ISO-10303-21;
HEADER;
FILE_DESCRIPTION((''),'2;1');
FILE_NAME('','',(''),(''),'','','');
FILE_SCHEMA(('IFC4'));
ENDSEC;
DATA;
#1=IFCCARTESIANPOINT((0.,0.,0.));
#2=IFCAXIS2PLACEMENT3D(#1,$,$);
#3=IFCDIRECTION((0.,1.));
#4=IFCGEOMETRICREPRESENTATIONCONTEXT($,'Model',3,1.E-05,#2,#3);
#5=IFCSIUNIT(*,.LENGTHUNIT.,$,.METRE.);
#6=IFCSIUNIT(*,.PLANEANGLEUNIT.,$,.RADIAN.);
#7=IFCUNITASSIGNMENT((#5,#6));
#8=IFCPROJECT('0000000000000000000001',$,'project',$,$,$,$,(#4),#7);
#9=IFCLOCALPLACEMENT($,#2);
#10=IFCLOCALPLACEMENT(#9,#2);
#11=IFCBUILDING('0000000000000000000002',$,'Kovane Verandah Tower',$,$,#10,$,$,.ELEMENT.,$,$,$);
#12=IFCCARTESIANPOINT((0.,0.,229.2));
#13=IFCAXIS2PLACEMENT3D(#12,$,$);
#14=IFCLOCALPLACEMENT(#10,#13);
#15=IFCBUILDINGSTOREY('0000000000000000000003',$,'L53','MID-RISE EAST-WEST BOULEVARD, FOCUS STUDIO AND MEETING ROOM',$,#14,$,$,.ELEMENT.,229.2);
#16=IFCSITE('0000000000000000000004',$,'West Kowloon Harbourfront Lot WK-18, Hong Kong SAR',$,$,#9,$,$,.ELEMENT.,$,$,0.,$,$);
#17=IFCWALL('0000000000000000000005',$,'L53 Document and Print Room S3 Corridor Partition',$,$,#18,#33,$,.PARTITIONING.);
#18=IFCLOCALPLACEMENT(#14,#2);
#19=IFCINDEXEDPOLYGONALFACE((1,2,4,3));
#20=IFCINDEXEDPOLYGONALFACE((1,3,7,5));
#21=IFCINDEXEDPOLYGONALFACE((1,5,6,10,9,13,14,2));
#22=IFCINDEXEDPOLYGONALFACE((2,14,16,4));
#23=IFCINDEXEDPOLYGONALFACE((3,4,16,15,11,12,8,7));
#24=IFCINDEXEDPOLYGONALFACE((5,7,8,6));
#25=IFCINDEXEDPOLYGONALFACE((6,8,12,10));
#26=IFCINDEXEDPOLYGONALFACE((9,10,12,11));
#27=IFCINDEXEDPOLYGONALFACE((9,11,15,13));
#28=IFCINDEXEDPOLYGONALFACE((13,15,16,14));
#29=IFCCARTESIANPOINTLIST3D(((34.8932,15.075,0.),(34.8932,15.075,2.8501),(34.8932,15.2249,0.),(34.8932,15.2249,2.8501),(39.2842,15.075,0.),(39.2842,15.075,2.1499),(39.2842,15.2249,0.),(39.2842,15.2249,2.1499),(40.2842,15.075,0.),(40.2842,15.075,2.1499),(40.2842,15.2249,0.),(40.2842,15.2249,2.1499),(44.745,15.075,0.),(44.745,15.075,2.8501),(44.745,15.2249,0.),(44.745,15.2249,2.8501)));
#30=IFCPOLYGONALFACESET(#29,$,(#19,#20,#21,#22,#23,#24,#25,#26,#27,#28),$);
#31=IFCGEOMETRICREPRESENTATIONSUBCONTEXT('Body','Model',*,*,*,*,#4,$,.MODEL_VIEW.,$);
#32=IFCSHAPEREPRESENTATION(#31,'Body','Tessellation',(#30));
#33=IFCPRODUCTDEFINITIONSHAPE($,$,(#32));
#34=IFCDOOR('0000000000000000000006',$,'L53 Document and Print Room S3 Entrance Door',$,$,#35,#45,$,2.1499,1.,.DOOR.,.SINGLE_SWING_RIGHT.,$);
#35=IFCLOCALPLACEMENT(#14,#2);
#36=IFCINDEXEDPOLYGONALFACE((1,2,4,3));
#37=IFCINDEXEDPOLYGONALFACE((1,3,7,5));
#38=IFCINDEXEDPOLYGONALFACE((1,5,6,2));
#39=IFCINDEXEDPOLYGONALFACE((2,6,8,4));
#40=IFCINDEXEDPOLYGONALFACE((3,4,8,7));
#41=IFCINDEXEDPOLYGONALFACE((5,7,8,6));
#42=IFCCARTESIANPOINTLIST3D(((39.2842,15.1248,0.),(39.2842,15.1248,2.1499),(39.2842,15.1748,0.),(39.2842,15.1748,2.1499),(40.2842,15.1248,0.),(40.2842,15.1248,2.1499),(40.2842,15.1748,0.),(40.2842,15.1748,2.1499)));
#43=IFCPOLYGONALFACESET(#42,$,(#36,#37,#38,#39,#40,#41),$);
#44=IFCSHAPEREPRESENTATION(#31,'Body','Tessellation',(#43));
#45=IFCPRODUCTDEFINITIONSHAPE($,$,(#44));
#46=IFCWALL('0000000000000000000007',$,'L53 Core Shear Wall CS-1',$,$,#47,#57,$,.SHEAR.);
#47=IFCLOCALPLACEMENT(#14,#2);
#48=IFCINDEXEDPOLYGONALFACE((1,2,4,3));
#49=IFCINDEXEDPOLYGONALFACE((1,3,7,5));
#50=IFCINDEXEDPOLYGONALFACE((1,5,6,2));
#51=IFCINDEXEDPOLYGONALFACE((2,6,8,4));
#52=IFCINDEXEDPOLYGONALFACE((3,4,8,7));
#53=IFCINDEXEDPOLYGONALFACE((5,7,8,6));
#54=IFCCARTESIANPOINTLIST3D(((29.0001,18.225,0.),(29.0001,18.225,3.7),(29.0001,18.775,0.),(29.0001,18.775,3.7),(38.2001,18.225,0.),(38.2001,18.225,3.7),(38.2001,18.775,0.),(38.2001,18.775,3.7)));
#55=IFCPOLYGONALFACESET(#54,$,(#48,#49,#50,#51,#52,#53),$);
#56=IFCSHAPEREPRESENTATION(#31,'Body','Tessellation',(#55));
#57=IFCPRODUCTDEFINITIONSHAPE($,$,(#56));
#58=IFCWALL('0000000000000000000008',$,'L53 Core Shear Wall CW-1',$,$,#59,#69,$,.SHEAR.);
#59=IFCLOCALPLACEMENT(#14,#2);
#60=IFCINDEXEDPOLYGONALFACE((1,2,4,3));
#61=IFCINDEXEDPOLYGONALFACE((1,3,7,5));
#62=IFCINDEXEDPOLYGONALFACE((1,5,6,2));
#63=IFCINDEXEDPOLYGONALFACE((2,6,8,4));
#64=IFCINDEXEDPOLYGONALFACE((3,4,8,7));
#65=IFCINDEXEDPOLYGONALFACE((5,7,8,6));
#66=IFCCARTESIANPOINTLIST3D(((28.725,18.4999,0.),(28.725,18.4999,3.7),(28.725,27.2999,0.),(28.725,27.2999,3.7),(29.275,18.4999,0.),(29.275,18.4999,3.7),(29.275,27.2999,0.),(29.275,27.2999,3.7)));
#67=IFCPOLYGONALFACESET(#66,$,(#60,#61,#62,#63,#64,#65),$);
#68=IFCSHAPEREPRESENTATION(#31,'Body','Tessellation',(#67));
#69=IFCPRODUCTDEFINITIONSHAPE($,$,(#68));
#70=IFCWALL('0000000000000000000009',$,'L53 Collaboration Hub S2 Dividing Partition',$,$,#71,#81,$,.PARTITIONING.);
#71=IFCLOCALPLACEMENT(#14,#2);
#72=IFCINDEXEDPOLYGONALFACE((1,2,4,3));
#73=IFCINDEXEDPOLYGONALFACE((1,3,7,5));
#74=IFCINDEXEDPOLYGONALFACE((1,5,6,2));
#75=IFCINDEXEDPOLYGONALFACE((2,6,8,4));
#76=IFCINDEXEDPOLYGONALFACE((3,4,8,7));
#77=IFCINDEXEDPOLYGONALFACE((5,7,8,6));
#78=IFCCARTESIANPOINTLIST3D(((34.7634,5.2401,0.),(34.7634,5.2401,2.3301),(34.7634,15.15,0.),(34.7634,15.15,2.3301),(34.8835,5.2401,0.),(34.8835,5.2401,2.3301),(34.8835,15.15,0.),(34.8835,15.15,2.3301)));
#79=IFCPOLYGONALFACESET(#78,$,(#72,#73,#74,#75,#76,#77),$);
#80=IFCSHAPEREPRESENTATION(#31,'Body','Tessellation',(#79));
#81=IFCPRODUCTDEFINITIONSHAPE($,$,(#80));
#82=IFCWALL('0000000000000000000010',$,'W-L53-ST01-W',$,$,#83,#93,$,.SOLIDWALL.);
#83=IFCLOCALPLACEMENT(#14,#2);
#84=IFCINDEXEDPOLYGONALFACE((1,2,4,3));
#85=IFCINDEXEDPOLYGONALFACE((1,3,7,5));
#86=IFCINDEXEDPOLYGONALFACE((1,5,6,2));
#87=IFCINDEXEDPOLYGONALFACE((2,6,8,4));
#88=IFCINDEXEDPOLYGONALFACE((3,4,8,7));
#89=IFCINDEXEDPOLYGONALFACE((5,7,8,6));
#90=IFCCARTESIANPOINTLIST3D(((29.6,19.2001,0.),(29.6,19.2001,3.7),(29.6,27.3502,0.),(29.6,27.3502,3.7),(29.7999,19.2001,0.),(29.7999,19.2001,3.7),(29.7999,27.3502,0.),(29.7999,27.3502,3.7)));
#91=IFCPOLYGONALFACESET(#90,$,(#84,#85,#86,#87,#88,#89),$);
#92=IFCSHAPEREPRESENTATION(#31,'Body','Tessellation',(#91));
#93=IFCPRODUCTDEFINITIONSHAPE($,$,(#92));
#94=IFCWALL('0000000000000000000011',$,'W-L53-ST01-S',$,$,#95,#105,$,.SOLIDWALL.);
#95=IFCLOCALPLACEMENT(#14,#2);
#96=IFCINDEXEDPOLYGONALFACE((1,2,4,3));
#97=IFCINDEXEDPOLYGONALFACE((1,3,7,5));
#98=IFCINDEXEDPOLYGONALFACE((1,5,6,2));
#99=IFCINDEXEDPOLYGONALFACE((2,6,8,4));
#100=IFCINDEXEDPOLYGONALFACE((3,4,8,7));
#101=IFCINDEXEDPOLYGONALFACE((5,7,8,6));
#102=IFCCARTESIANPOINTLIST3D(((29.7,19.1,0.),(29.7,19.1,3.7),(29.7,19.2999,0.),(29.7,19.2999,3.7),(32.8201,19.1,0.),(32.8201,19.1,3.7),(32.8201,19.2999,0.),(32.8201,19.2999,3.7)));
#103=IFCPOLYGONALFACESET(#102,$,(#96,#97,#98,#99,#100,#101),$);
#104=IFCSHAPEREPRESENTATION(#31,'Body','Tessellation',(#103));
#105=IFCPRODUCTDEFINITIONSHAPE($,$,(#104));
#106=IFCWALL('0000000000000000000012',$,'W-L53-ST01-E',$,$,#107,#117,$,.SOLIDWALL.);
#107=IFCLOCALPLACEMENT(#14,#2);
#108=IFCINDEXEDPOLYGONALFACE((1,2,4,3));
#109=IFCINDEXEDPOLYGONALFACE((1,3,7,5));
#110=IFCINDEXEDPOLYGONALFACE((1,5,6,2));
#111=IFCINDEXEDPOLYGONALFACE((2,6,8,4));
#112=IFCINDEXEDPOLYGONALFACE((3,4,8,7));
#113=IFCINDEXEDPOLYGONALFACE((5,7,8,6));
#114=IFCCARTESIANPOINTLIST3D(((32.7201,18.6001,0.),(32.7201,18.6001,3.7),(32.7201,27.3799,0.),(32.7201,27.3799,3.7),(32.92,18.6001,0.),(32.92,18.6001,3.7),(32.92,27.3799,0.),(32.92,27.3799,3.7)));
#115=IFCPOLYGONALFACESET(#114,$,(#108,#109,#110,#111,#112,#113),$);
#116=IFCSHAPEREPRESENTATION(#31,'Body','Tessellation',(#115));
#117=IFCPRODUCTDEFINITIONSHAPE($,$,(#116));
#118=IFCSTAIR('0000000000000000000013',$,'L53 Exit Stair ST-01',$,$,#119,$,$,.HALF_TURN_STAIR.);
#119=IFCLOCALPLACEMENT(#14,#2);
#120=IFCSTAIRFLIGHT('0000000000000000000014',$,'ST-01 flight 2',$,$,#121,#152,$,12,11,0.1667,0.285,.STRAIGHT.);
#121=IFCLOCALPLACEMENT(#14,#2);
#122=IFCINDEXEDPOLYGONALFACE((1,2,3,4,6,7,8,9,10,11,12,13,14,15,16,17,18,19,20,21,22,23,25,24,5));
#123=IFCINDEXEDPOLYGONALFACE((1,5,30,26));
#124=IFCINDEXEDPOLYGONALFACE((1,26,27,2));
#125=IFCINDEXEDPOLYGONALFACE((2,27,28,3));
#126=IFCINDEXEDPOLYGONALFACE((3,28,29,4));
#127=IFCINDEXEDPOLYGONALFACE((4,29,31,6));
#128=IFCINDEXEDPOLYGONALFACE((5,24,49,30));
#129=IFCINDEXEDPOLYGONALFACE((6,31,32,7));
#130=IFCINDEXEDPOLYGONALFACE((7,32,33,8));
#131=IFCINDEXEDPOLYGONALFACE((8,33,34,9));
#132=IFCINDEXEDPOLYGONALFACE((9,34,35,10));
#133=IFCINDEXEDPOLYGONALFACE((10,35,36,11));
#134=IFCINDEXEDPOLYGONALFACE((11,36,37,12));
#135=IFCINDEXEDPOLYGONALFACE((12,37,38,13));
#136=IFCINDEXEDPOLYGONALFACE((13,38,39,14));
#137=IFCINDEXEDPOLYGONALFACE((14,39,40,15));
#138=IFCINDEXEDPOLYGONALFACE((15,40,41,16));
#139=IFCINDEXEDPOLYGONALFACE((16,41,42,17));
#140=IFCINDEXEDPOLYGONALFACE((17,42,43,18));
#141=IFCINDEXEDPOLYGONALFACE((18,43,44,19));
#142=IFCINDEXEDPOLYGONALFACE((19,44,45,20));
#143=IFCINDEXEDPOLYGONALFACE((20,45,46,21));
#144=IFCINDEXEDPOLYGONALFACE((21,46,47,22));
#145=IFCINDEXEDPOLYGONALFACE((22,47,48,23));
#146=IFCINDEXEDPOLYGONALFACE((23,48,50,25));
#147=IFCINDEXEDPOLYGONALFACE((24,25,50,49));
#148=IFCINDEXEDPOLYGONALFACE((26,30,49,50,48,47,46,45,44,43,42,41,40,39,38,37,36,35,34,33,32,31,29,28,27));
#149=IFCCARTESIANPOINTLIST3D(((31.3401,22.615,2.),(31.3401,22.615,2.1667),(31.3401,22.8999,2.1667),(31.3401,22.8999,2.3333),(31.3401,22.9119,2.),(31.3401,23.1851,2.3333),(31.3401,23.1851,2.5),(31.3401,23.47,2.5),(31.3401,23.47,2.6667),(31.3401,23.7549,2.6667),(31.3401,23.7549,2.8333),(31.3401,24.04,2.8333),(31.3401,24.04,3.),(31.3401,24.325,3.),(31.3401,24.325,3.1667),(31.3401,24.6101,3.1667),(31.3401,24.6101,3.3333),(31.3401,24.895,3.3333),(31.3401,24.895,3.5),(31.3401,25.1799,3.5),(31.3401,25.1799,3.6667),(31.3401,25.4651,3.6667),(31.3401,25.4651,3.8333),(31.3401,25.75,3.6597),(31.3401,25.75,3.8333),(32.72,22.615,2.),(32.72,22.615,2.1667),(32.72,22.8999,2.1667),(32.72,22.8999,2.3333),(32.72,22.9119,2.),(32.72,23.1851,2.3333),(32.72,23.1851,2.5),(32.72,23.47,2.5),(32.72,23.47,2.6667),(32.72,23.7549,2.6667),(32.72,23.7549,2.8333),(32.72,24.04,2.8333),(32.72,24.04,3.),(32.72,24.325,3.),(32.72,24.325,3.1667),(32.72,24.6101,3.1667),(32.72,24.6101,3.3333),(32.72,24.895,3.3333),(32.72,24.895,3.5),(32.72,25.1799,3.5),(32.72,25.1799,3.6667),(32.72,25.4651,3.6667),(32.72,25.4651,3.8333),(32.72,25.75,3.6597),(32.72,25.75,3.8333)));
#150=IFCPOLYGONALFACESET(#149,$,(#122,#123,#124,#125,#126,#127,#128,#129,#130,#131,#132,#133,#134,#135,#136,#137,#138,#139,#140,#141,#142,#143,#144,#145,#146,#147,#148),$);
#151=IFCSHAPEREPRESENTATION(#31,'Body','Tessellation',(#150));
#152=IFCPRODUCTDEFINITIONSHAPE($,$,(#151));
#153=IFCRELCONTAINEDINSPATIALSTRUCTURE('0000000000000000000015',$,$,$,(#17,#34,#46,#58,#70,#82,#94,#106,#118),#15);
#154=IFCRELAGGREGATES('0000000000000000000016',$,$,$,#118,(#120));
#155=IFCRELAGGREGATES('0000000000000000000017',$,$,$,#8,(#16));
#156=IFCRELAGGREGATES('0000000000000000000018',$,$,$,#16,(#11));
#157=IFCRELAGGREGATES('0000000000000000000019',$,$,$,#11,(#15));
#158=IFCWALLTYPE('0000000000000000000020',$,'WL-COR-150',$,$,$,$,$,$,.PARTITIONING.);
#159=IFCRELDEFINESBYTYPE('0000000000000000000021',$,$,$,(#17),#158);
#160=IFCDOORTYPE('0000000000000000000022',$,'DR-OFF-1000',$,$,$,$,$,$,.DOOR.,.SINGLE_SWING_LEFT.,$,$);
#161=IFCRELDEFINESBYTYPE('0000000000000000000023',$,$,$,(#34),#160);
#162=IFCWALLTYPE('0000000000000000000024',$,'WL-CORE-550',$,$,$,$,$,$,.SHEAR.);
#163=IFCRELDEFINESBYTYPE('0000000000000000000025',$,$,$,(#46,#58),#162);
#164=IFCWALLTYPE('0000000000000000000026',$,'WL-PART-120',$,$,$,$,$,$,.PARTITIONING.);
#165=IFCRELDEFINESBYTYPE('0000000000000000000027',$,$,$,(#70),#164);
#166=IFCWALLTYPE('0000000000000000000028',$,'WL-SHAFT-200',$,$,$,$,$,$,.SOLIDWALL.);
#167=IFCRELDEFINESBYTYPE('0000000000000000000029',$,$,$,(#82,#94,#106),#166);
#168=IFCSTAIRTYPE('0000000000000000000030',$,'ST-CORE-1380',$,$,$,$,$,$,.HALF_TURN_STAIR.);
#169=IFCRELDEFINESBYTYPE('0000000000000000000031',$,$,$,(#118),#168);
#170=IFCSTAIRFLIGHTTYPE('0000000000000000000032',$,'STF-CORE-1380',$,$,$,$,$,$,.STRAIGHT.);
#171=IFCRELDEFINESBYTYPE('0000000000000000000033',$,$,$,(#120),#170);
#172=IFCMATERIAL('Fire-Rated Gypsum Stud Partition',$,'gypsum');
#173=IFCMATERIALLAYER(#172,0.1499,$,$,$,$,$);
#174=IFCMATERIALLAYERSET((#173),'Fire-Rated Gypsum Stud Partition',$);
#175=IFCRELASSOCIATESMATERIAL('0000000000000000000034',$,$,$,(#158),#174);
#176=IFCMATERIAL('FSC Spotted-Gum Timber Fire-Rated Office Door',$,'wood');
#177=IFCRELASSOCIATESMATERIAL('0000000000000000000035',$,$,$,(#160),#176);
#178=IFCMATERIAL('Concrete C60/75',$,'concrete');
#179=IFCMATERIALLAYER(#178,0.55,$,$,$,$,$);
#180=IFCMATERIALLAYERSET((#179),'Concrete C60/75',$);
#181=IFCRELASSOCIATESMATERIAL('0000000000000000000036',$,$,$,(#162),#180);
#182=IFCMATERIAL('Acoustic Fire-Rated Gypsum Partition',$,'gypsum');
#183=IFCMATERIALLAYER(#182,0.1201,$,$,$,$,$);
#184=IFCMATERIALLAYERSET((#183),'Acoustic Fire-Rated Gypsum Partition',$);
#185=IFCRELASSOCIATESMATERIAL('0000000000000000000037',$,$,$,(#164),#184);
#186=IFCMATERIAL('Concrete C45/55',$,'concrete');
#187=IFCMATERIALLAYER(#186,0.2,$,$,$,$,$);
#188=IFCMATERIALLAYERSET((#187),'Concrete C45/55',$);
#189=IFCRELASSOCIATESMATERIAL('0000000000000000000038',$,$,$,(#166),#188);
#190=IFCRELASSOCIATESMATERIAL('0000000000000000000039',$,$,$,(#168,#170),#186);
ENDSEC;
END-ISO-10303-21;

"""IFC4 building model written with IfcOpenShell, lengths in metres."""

from ifc_helpers import new_model, si_unit, direction, frame, frame_2d, origin, place, context, subcontext, project, spatial, polyline, rectangle, outline, extrude, material, layer, layer_set, type_object, element, fill, aggregate, save


model = new_model("IFC4")

# Units and contexts
model_context = context("Model", 3, precision=1e-05, world=origin(), true_north=direction((0.0, 1.0)))
body_context = subcontext(model_context, "Body", "Model", "MODEL_VIEW")
ifc_project = project(units=[si_unit("LENGTHUNIT", "METRE"), si_unit("PLANEANGLEUNIT", "RADIAN")], contexts=[model_context])

# Site, building, storey
site_placement = place(None, origin())
site = spatial("IfcSite", under=ifc_project, at=site_placement, Name="West Kowloon Harbourfront Lot WK-18, Hong Kong SAR", CompositionType="ELEMENT", RefElevation=0.0)
building_placement = place(site_placement, origin())
building = spatial("IfcBuilding", under=site, at=building_placement, Name="Kovane Verandah Tower", CompositionType="ELEMENT")
storey_placement = place(building_placement, frame((0.0, 0.0, 229.2)))
storey = spatial("IfcBuildingStorey", under=building, at=storey_placement, Name="L53", Description="MID-RISE EAST-WEST BOULEVARD, FOCUS STUDIO AND MEETING ROOM", CompositionType="ELEMENT", Elevation=229.2)

# Shared definitions
ifc_material_1 = material(Name="Concrete C60/75", Category="concrete")

# Shared definitions
ifc_material_2 = material(Name="Fire-Rated Gypsum Stud Partition", Category="gypsum")
ifc_layer_1 = layer(ifc_material_2, 0.1499)
ifc_layer_set_1 = layer_set([ifc_layer_1], Name="Fire-Rated Gypsum Stud Partition")
wall_type_1 = type_object("IfcWallType", Name="WL-COR-150", PredefinedType="PARTITIONING", material=ifc_layer_set_1)

# Wall, opening, door
ifc_material_3 = material(Name="FSC Spotted-Gum Timber Fire-Rated Office Door", Category="wood")
door_type = type_object("IfcDoorType", Name="DR-OFF-1000", OperationType="SINGLE_SWING_LEFT", PredefinedType="DOOR", material=ifc_material_3)
wall_1_placement = place(storey_placement, frame((34.8933, 15.1499, 0.0), z_axis=(0.0, 0.0, 1.0), x_axis=(1.0, 0.0, 0.0)))
wall_1 = element("IfcWall", 1, at=wall_1_placement, inside=storey, type_object=wall_type_1, Name="L53 Document and Print Room S3 Corridor Partition", PredefinedType="PARTITIONING", context=body_context, shape_type="SweptSolid", body=[
    extrude(rectangle(XDim=9.8518, YDim=0.1499, at=frame_2d((4.9258, 0.0))), origin(), (0.0, 0.0, 1.0), 2.8501),
])
opening_1_placement = place(wall_1_placement, frame((4.3909, 0.0, 0.0)))
opening_1 = element("IfcOpeningElement", 2, at=opening_1_placement, cuts=wall_1, PredefinedType="OPENING", context=body_context, shape_type="SweptSolid", body=[
    extrude(rectangle(XDim=1.0, YDim=2.1499, at=frame_2d((0.5, 1.075))), frame((0.0, 0.075, 0.0), z_axis=(0.0, -1.0, 0.0), x_axis=(1.0, 0.0, 0.0)), (0.0, 0.0, 1.0), 0.1499),
])
door_1_placement = place(opening_1_placement, origin())
door_1 = element("IfcDoor", 3, at=door_1_placement, inside=storey, type_object=door_type, Name="L53 Document and Print Room S3 Entrance Door", OperationType="SINGLE_SWING_RIGHT", OverallHeight=2.1499, OverallWidth=1.0, PredefinedType="DOOR", context=body_context, shape_type="SweptSolid", body=[
    extrude(rectangle(XDim=1.0, YDim=2.1499, at=frame_2d((0.5, 1.075))), frame((0.0, 0.0249, 0.0), z_axis=(0.0, -1.0, 0.0), x_axis=(1.0, 0.0, 0.0)), (0.0, 0.0, 1.0), 0.05),
])
fill(opening_1, door_1)

# Walls
ifc_layer_2 = layer(ifc_material_1, 0.55)
ifc_layer_set_2 = layer_set([ifc_layer_2], Name="Concrete C60/75")
wall_type_2 = type_object("IfcWallType", Name="WL-CORE-550", PredefinedType="SHEAR", material=ifc_layer_set_2)
wall_2_placement = place(storey_placement, frame((29.0, 18.5, 0.0), z_axis=(0.0, 0.0, 1.0), x_axis=(1.0, 0.0, 0.0)))
element("IfcWall", 4, at=wall_2_placement, inside=storey, type_object=wall_type_2, Name="L53 Core Shear Wall CS-1", PredefinedType="SHEAR", context=body_context, shape_type="SweptSolid", body=[
    extrude(rectangle(XDim=9.2, YDim=0.55, at=frame_2d((4.6001, 0.0))), origin(), (0.0, 0.0, 1.0), 3.7),
])
wall_3_placement = place(storey_placement, frame((29.0, 18.5, 0.0), z_axis=(0.0, 0.0, 1.0), x_axis=(0.0, 1.0, 0.0)))
element("IfcWall", 5, at=wall_3_placement, inside=storey, type_object=wall_type_2, Name="L53 Core Shear Wall CW-1", PredefinedType="SHEAR", context=body_context, shape_type="SweptSolid", body=[
    extrude(rectangle(XDim=8.8, YDim=0.55, at=frame_2d((4.3999, 0.0))), origin(), (0.0, 0.0, 1.0), 3.7),
])
ifc_material_4 = material(Name="Acoustic Fire-Rated Gypsum Partition", Category="gypsum")
ifc_layer_3 = layer(ifc_material_4, 0.1201)
ifc_layer_set_3 = layer_set([ifc_layer_3], Name="Acoustic Fire-Rated Gypsum Partition")
wall_type_3 = type_object("IfcWallType", Name="WL-PART-120", PredefinedType="PARTITIONING", material=ifc_layer_set_3)
wall_4_placement = place(storey_placement, frame((34.8235, 5.24, 0.0), z_axis=(0.0, 0.0, 1.0), x_axis=(0.0, 1.0, 0.0)))
element("IfcWall", 6, at=wall_4_placement, inside=storey, type_object=wall_type_3, Name="L53 Collaboration Hub S2 Dividing Partition", PredefinedType="PARTITIONING", context=body_context, shape_type="SweptSolid", body=[
    extrude(rectangle(XDim=9.9099, YDim=0.1201, at=frame_2d((4.9551, 0.0))), origin(), (0.0, 0.0, 1.0), 2.3301),
])
ifc_material_5 = material(Name="Concrete C45/55", Category="concrete")
ifc_layer_4 = layer(ifc_material_5, 0.2)
ifc_layer_set_4 = layer_set([ifc_layer_4], Name="Concrete C45/55")
wall_type_4 = type_object("IfcWallType", Name="WL-SHAFT-200", PredefinedType="SOLIDWALL", material=ifc_layer_set_4)
wall_5_placement = place(storey_placement, frame((29.7, 19.2, 0.0), z_axis=(0.0, 0.0, 1.0), x_axis=(0.0, 1.0, 0.0)))
element("IfcWall", 7, at=wall_5_placement, inside=storey, type_object=wall_type_4, Name="W-L53-ST01-W", PredefinedType="SOLIDWALL", context=body_context, shape_type="SweptSolid", body=[
    extrude(rectangle(XDim=8.1501, YDim=0.2, at=frame_2d((4.0752, 0.0))), origin(), (0.0, 0.0, 1.0), 3.7),
])
wall_6_placement = place(storey_placement, frame((29.7, 19.2, 0.0), z_axis=(0.0, 0.0, 1.0), x_axis=(1.0, 0.0, 0.0)))
element("IfcWall", 8, at=wall_6_placement, inside=storey, type_object=wall_type_4, Name="W-L53-ST01-S", PredefinedType="SOLIDWALL", context=body_context, shape_type="SweptSolid", body=[
    extrude(rectangle(XDim=3.1201, YDim=0.2, at=frame_2d((1.5601, 0.0))), origin(), (0.0, 0.0, 1.0), 3.7),
])
wall_7_placement = place(storey_placement, frame((32.8201, 18.6001, 0.0), z_axis=(0.0, 0.0, 1.0), x_axis=(0.0, 1.0, 0.0)))
element("IfcWall", 9, at=wall_7_placement, inside=storey, type_object=wall_type_4, Name="W-L53-ST01-E", PredefinedType="SOLIDWALL", context=body_context, shape_type="SweptSolid", body=[
    extrude(rectangle(XDim=8.7798, YDim=0.2, at=frame_2d((4.3899, 0.0))), origin(), (0.0, 0.0, 1.0), 3.7),
])

# Stair, stair flight
stair_type = type_object("IfcStairType", Name="ST-CORE-1380", PredefinedType="HALF_TURN_STAIR", material=ifc_material_5)
stair_placement = place(storey_placement, origin())
stair = element("IfcStair", 10, at=stair_placement, inside=storey, type_object=stair_type, Name="L53 Exit Stair ST-01", PredefinedType="HALF_TURN_STAIR")
stair_flight_type = type_object("IfcStairFlightType", Name="STF-CORE-1380", PredefinedType="STRAIGHT", material=ifc_material_5)
stair_flight_placement = place(storey_placement, frame((32.03, 22.615, 2.0), z_axis=(0.0, 0.0, 1.0), x_axis=(0.0, 1.0, 0.0)))
stair_flight = element("IfcStairFlight", 11, at=stair_flight_placement, type_object=stair_flight_type, Name="ST-01 flight 2", NumberOfRisers=12, NumberOfTreads=11, PredefinedType="STRAIGHT", RiserHeight=0.1667, TreadLength=0.285, context=body_context, shape_type="SweptSolid", body=[
    extrude(outline(polyline([(0.0, 0.0), (0.0, 0.1667), (0.2849, 0.1667), (0.2849, 0.3333), (0.5701, 0.3333), (0.5701, 0.5), (0.855, 0.5), (0.855, 0.6667), (1.1399, 0.6667), (1.1399, 0.8333), (1.425, 0.8333), (1.425, 1.0), (1.71, 1.0), (1.71, 1.1667), (1.9951, 1.1667), (1.9951, 1.3333), (2.28, 1.3333), (2.28, 1.5), (2.5649, 1.5), (2.5649, 1.6667), (2.8501, 1.6667), (2.8501, 1.8333), (3.135, 1.8333), (3.135, 2.0), (3.135, 1.6597), (0.2969, 0.0), (0.0, 0.0)])), frame((0.0, 0.6899, 0.0), z_axis=(0.0, -1.0, 0.0), x_axis=(1.0, 0.0, 0.0)), (0.0, 0.0, 1.0), 1.3799),
])
aggregate(stair, [stair_flight])

save(model, "model.ifc")
